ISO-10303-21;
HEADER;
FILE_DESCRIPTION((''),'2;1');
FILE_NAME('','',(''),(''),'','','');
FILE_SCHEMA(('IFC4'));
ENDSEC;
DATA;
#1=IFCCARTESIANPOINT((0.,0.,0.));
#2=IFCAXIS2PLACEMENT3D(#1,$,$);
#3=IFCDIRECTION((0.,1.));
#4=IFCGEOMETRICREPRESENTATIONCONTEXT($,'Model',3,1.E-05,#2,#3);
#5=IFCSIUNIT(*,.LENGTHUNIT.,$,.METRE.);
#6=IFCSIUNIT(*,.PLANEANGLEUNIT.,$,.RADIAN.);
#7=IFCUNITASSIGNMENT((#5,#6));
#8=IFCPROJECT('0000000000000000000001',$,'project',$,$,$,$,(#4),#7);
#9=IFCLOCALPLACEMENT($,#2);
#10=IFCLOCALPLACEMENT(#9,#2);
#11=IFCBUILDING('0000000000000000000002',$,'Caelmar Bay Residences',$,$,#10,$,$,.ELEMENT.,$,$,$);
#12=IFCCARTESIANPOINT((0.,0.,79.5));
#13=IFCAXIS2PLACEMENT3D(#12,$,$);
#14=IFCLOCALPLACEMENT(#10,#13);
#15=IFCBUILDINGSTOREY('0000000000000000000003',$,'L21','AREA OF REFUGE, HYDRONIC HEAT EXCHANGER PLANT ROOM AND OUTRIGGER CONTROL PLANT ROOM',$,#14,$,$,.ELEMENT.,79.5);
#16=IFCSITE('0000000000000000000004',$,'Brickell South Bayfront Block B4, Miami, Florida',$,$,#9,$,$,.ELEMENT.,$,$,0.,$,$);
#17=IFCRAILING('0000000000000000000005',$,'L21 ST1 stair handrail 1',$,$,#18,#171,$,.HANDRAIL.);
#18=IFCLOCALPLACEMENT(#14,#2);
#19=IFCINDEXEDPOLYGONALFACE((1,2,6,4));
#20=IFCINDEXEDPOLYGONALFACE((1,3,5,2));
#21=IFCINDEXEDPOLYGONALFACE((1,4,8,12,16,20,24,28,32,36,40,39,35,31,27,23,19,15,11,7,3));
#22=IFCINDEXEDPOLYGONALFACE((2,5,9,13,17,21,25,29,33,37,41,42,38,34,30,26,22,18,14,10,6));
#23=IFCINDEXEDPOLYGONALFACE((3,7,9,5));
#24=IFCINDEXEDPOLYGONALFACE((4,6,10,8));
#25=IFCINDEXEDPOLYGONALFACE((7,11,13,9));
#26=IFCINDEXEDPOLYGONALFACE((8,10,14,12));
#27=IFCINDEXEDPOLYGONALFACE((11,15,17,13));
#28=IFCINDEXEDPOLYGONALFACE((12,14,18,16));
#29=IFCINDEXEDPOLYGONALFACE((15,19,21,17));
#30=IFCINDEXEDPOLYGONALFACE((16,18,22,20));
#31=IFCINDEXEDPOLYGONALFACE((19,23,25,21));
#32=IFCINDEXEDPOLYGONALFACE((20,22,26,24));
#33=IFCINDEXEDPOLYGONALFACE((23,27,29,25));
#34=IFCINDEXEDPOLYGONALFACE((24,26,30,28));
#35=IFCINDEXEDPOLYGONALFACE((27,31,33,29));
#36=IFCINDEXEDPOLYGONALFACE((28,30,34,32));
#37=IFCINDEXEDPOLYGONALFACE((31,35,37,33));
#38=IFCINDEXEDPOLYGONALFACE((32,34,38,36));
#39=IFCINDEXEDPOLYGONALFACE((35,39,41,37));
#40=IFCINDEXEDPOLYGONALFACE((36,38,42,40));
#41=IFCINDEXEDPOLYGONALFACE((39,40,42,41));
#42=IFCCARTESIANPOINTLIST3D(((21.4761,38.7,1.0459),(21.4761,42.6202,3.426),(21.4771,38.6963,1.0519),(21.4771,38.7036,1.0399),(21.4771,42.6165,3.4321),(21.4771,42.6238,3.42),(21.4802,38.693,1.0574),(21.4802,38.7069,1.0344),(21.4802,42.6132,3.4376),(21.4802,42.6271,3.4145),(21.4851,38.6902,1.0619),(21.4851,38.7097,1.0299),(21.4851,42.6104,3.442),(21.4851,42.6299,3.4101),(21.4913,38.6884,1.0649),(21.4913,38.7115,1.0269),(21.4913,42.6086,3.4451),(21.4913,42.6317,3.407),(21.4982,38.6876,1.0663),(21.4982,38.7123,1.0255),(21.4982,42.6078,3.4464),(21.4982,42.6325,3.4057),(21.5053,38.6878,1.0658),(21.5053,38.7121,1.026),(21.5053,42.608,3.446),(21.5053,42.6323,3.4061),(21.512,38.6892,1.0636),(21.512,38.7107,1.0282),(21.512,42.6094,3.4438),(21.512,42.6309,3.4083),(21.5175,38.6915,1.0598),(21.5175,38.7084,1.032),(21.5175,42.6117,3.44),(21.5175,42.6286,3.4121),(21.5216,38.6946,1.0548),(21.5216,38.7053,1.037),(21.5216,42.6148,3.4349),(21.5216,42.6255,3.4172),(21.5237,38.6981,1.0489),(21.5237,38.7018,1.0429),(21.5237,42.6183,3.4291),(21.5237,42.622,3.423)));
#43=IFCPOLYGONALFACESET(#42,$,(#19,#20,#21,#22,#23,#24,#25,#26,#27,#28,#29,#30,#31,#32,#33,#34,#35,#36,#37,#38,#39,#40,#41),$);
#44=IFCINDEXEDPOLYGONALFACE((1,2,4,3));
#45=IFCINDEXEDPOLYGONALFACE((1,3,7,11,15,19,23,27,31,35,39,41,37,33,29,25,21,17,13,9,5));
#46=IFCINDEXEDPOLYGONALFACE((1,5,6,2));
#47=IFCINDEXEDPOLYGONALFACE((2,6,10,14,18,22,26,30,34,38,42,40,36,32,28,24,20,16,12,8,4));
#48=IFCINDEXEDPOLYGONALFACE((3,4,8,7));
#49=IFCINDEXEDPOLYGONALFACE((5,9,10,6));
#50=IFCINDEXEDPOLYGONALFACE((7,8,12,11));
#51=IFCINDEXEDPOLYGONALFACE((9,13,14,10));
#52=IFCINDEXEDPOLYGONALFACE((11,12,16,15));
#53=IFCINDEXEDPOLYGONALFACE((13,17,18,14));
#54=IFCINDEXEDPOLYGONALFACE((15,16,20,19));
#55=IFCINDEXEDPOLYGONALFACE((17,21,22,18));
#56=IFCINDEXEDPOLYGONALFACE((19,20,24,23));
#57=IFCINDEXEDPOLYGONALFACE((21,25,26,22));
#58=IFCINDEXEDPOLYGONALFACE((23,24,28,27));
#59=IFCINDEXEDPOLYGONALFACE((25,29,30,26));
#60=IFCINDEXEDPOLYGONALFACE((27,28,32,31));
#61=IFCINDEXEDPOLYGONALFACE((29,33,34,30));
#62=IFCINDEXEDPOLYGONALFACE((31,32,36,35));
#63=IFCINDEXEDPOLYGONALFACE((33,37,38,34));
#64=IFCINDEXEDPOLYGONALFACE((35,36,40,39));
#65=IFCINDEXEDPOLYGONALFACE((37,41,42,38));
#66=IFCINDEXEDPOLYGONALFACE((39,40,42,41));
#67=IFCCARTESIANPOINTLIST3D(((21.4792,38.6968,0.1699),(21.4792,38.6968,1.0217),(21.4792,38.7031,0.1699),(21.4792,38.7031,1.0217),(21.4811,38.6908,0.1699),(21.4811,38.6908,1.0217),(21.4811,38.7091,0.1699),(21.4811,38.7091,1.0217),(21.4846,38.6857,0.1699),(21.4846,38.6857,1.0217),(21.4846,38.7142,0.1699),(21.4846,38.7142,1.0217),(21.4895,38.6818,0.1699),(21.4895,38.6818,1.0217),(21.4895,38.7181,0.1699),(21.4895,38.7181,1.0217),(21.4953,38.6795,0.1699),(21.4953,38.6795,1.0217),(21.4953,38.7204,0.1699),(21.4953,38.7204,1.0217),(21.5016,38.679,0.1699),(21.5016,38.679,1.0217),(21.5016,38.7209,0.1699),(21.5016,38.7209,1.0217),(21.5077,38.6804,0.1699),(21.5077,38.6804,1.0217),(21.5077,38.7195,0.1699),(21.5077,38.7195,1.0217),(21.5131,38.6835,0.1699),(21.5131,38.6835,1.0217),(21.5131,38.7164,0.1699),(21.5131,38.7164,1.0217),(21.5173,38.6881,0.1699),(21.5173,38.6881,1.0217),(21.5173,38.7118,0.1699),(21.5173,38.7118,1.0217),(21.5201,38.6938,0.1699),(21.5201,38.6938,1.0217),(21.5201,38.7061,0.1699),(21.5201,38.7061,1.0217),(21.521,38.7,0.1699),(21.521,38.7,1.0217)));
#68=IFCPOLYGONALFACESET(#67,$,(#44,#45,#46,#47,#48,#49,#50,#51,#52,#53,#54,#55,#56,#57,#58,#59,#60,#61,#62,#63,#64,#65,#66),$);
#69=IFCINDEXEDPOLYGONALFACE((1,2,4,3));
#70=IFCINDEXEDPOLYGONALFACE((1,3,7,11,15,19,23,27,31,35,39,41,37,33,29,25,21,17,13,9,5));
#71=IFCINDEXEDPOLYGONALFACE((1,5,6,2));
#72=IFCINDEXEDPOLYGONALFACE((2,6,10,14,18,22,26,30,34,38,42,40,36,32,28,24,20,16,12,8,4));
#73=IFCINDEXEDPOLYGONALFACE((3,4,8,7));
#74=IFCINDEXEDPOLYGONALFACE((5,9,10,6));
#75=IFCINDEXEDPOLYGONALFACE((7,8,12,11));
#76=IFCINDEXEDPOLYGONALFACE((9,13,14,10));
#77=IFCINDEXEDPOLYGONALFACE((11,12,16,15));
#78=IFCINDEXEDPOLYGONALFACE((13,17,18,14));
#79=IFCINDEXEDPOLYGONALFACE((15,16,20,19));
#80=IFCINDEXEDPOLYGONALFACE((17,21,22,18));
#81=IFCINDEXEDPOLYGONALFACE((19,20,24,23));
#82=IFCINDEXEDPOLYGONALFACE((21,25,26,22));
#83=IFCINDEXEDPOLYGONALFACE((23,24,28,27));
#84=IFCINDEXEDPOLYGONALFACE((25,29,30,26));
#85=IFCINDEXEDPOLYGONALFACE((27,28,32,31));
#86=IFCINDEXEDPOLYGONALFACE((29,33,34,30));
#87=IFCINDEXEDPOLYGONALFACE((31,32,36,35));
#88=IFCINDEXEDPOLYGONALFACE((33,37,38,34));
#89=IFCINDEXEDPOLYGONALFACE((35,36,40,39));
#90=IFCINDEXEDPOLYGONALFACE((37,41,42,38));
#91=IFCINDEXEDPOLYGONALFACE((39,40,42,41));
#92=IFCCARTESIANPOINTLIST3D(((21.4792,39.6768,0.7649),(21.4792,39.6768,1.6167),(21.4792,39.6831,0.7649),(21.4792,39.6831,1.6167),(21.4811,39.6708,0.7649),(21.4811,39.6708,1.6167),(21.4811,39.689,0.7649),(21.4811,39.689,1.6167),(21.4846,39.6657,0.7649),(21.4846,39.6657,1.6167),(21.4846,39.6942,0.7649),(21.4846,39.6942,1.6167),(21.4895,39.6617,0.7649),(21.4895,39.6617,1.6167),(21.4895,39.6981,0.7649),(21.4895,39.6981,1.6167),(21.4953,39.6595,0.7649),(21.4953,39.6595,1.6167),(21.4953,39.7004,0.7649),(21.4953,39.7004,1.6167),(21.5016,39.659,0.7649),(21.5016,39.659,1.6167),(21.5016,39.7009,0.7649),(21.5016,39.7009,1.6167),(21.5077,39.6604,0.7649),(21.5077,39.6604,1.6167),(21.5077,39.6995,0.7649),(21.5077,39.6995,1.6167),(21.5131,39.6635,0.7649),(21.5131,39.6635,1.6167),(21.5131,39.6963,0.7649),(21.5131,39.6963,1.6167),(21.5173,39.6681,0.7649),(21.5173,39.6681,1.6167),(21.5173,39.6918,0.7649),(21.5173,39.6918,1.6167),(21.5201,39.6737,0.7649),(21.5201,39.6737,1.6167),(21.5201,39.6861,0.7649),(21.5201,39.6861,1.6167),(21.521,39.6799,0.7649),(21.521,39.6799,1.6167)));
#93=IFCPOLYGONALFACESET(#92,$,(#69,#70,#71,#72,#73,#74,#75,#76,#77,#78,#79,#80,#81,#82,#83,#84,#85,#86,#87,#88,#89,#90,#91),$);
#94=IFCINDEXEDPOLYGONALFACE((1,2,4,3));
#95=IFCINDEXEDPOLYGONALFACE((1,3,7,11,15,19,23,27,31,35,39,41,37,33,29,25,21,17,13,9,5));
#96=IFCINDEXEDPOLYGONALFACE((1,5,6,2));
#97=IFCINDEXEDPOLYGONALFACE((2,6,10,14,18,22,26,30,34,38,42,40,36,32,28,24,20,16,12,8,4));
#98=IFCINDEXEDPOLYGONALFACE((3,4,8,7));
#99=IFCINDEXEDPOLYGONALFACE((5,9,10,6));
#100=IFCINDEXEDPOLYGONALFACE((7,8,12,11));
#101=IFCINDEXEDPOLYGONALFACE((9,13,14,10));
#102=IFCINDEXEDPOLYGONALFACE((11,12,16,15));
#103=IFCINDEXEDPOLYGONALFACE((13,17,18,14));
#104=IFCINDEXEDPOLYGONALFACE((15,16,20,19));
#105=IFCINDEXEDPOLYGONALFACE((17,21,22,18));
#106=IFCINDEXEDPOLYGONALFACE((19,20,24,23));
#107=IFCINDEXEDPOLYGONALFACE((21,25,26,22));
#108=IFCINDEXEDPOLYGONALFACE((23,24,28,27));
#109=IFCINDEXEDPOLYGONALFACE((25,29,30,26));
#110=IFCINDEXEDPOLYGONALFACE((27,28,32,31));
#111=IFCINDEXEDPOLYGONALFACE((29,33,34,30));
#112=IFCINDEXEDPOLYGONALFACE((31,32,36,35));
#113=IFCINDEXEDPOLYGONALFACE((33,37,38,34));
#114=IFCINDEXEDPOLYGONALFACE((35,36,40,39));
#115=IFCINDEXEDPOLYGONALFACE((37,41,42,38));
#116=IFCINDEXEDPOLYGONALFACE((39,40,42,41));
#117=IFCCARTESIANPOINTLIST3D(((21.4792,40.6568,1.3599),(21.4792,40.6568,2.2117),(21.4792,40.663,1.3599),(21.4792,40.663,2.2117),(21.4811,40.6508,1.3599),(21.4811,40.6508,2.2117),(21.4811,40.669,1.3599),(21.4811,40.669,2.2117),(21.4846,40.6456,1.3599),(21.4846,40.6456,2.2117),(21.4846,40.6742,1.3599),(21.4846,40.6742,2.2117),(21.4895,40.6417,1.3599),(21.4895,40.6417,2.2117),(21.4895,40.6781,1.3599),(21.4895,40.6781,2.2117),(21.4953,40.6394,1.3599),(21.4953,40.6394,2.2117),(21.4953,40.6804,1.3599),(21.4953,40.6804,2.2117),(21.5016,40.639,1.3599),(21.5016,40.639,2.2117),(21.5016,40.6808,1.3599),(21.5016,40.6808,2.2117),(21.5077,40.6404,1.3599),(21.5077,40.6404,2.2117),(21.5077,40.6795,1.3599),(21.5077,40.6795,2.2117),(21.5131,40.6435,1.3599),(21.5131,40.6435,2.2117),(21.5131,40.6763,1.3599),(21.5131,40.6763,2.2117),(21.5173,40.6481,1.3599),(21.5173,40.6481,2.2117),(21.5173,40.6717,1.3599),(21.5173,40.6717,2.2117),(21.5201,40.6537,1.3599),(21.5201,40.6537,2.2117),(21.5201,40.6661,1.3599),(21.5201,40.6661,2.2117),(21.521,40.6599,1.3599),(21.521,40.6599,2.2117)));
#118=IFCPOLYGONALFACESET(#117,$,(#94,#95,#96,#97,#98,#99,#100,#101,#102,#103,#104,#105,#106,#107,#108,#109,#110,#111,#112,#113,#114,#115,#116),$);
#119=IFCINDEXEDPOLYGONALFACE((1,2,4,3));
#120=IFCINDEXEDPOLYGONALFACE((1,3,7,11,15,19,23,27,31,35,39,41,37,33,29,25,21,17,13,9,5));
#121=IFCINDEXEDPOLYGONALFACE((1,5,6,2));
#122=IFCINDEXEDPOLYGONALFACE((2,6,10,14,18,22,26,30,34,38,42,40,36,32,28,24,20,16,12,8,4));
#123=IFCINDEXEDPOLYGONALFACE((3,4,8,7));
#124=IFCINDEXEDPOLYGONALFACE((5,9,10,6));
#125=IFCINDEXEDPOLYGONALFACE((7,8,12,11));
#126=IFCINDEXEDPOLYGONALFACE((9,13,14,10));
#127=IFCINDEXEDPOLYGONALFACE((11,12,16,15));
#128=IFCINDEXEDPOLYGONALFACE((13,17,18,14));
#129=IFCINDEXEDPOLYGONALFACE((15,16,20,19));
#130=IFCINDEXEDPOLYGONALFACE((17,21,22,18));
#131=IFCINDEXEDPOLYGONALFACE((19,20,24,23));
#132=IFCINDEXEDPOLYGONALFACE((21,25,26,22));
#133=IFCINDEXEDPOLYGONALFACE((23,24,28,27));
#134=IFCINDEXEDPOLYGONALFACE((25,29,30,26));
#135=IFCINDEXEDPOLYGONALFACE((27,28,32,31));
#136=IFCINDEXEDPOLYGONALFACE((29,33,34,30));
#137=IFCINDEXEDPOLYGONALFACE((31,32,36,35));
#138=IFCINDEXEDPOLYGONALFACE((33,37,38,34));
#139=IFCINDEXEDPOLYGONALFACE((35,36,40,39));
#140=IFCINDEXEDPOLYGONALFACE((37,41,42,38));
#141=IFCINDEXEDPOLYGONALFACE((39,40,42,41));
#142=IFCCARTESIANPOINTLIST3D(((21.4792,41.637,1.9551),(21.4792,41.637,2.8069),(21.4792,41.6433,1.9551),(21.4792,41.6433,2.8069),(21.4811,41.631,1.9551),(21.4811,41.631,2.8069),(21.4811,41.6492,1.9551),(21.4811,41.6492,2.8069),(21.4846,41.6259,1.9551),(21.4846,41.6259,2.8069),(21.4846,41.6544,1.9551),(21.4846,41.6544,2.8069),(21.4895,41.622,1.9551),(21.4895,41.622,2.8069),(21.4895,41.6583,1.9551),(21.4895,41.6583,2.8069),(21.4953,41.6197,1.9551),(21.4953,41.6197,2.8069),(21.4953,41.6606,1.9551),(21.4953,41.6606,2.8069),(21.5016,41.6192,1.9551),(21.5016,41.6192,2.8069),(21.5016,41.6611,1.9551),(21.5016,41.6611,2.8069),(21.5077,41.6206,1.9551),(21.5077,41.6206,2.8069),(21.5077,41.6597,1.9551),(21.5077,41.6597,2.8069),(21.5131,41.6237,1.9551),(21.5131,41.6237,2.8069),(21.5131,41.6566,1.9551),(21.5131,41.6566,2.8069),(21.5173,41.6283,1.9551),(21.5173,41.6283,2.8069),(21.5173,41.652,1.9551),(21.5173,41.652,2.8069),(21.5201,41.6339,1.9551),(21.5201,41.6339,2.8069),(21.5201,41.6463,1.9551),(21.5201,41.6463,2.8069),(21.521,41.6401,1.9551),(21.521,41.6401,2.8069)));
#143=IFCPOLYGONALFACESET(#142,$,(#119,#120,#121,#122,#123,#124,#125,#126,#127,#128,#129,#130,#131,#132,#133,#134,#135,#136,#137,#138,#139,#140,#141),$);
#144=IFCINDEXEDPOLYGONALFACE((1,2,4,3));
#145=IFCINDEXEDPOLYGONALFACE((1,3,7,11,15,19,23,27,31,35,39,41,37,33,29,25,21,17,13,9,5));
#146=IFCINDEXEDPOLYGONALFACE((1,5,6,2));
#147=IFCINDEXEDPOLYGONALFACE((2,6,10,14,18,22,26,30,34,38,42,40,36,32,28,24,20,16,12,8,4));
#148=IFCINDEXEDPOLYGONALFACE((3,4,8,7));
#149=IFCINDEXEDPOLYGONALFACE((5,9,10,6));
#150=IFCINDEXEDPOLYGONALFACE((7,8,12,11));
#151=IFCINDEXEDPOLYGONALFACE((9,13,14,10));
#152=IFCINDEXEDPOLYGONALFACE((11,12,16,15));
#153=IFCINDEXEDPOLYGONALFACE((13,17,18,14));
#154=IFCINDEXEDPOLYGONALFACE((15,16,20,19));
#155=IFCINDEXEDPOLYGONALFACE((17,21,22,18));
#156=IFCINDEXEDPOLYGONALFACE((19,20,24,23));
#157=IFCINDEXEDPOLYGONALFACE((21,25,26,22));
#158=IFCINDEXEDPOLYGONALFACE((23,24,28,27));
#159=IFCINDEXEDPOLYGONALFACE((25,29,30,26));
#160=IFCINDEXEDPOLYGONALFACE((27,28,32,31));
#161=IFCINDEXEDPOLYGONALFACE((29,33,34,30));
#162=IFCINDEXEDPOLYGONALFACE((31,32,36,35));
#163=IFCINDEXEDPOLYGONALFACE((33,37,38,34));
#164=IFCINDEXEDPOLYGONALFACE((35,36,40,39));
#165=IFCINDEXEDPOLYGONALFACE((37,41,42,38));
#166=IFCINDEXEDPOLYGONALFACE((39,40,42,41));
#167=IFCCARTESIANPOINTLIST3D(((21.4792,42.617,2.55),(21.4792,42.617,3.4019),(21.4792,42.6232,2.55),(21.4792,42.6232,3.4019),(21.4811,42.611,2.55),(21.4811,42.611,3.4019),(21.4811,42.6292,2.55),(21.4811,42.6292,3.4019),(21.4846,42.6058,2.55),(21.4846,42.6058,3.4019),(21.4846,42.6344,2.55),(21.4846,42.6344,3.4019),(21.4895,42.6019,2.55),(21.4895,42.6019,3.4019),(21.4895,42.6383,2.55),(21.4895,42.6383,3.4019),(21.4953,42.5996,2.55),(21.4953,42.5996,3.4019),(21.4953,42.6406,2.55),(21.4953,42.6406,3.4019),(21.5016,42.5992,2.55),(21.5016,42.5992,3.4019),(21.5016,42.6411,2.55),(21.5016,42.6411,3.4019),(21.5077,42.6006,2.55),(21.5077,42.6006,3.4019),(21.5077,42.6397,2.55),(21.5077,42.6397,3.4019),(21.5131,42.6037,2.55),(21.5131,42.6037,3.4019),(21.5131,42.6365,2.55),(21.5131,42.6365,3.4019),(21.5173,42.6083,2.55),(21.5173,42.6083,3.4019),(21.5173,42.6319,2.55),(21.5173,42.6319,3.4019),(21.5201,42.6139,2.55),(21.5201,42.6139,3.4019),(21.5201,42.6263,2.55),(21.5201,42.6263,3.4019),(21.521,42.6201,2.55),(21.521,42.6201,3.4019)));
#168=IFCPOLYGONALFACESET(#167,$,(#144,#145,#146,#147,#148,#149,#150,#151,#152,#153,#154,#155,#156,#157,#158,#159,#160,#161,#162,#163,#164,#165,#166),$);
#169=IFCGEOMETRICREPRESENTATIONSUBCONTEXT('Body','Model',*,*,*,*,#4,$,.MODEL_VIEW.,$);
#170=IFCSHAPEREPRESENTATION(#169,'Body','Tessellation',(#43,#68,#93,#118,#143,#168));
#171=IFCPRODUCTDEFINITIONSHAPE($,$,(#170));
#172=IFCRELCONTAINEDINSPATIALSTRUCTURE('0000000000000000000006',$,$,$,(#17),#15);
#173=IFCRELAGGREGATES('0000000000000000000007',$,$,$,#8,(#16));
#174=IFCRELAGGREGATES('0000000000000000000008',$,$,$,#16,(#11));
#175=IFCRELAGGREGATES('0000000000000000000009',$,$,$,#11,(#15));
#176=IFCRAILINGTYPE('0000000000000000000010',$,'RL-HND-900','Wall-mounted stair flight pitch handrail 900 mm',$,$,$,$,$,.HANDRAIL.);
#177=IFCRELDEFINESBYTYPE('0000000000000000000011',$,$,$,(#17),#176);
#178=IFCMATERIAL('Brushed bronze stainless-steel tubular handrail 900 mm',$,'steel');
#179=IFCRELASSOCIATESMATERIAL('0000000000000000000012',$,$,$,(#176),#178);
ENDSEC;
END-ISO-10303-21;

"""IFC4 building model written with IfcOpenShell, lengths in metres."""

from ifc_helpers import new_model, si_unit, direction, frame, origin, origin_2d, place, context, subcontext, project, spatial, circle, extrude, material, type_object, element, save


model = new_model("IFC4")

# Units and contexts
model_context = context("Model", 3, precision=1e-05, world=origin(), true_north=direction((0.0, 1.0)))
body_context = subcontext(model_context, "Body", "Model", "MODEL_VIEW")
ifc_project = project(units=[si_unit("LENGTHUNIT", "METRE"), si_unit("PLANEANGLEUNIT", "RADIAN")], contexts=[model_context])

# Site, building, storey
site_placement = place(None, origin())
site = spatial("IfcSite", under=ifc_project, at=site_placement, Name="Brickell South Bayfront Block B4, Miami, Florida", CompositionType="ELEMENT", RefElevation=0.0)
building_placement = place(site_placement, origin())
building = spatial("IfcBuilding", under=site, at=building_placement, Name="Caelmar Bay Residences", CompositionType="ELEMENT")
storey_placement = place(building_placement, frame((0.0, 0.0, 79.5)))
storey = spatial("IfcBuildingStorey", under=building, at=storey_placement, Name="L21", Description="AREA OF REFUGE, HYDRONIC HEAT EXCHANGER PLANT ROOM AND OUTRIGGER CONTROL PLANT ROOM", CompositionType="ELEMENT", Elevation=79.5)

# Railing
ifc_material_1 = material(Name="Brushed bronze stainless-steel tubular handrail 900 mm", Category="steel")
railing_type_1 = type_object("IfcRailingType", Name="RL-HND-900", Description="Wall-mounted stair flight pitch handrail 900 mm", PredefinedType="HANDRAIL", material=ifc_material_1)
railing_1_placement = place(storey_placement, frame((21.5, 38.7, 0.1699)))
element("IfcRailing", 1, at=railing_1_placement, inside=storey, type_object=railing_type_1, Name="L21 ST1 stair handrail 1", PredefinedType="HANDRAIL", context=body_context, shape_type="SweptSolid", body=[
    extrude(circle(Radius=0.0239, at=origin_2d()), frame((0.0, 0.0, 0.876), z_axis=(0.0, 0.854785, 0.518982), x_axis=(-1.0, 0.0, 0.0)), (0.0, 0.0, 1.0), 4.5862),
    extrude(circle(Radius=0.021, at=origin_2d()), origin(), (0.0, 0.0, 1.0), 0.8518),
    extrude(circle(Radius=0.021, at=origin_2d()), frame((0.0, 0.98, 0.595)), (0.0, 0.0, 1.0), 0.8518),
    extrude(circle(Radius=0.021, at=origin_2d()), frame((0.0, 1.96, 1.1899)), (0.0, 0.0, 1.0), 0.8518),
    extrude(circle(Radius=0.021, at=origin_2d()), frame((0.0, 2.9402, 1.7852)), (0.0, 0.0, 1.0), 0.8518),
    extrude(circle(Radius=0.021, at=origin_2d()), frame((0.0, 3.9202, 2.3801)), (0.0, 0.0, 1.0), 0.8518),
])

save(model, "model.ifc")
